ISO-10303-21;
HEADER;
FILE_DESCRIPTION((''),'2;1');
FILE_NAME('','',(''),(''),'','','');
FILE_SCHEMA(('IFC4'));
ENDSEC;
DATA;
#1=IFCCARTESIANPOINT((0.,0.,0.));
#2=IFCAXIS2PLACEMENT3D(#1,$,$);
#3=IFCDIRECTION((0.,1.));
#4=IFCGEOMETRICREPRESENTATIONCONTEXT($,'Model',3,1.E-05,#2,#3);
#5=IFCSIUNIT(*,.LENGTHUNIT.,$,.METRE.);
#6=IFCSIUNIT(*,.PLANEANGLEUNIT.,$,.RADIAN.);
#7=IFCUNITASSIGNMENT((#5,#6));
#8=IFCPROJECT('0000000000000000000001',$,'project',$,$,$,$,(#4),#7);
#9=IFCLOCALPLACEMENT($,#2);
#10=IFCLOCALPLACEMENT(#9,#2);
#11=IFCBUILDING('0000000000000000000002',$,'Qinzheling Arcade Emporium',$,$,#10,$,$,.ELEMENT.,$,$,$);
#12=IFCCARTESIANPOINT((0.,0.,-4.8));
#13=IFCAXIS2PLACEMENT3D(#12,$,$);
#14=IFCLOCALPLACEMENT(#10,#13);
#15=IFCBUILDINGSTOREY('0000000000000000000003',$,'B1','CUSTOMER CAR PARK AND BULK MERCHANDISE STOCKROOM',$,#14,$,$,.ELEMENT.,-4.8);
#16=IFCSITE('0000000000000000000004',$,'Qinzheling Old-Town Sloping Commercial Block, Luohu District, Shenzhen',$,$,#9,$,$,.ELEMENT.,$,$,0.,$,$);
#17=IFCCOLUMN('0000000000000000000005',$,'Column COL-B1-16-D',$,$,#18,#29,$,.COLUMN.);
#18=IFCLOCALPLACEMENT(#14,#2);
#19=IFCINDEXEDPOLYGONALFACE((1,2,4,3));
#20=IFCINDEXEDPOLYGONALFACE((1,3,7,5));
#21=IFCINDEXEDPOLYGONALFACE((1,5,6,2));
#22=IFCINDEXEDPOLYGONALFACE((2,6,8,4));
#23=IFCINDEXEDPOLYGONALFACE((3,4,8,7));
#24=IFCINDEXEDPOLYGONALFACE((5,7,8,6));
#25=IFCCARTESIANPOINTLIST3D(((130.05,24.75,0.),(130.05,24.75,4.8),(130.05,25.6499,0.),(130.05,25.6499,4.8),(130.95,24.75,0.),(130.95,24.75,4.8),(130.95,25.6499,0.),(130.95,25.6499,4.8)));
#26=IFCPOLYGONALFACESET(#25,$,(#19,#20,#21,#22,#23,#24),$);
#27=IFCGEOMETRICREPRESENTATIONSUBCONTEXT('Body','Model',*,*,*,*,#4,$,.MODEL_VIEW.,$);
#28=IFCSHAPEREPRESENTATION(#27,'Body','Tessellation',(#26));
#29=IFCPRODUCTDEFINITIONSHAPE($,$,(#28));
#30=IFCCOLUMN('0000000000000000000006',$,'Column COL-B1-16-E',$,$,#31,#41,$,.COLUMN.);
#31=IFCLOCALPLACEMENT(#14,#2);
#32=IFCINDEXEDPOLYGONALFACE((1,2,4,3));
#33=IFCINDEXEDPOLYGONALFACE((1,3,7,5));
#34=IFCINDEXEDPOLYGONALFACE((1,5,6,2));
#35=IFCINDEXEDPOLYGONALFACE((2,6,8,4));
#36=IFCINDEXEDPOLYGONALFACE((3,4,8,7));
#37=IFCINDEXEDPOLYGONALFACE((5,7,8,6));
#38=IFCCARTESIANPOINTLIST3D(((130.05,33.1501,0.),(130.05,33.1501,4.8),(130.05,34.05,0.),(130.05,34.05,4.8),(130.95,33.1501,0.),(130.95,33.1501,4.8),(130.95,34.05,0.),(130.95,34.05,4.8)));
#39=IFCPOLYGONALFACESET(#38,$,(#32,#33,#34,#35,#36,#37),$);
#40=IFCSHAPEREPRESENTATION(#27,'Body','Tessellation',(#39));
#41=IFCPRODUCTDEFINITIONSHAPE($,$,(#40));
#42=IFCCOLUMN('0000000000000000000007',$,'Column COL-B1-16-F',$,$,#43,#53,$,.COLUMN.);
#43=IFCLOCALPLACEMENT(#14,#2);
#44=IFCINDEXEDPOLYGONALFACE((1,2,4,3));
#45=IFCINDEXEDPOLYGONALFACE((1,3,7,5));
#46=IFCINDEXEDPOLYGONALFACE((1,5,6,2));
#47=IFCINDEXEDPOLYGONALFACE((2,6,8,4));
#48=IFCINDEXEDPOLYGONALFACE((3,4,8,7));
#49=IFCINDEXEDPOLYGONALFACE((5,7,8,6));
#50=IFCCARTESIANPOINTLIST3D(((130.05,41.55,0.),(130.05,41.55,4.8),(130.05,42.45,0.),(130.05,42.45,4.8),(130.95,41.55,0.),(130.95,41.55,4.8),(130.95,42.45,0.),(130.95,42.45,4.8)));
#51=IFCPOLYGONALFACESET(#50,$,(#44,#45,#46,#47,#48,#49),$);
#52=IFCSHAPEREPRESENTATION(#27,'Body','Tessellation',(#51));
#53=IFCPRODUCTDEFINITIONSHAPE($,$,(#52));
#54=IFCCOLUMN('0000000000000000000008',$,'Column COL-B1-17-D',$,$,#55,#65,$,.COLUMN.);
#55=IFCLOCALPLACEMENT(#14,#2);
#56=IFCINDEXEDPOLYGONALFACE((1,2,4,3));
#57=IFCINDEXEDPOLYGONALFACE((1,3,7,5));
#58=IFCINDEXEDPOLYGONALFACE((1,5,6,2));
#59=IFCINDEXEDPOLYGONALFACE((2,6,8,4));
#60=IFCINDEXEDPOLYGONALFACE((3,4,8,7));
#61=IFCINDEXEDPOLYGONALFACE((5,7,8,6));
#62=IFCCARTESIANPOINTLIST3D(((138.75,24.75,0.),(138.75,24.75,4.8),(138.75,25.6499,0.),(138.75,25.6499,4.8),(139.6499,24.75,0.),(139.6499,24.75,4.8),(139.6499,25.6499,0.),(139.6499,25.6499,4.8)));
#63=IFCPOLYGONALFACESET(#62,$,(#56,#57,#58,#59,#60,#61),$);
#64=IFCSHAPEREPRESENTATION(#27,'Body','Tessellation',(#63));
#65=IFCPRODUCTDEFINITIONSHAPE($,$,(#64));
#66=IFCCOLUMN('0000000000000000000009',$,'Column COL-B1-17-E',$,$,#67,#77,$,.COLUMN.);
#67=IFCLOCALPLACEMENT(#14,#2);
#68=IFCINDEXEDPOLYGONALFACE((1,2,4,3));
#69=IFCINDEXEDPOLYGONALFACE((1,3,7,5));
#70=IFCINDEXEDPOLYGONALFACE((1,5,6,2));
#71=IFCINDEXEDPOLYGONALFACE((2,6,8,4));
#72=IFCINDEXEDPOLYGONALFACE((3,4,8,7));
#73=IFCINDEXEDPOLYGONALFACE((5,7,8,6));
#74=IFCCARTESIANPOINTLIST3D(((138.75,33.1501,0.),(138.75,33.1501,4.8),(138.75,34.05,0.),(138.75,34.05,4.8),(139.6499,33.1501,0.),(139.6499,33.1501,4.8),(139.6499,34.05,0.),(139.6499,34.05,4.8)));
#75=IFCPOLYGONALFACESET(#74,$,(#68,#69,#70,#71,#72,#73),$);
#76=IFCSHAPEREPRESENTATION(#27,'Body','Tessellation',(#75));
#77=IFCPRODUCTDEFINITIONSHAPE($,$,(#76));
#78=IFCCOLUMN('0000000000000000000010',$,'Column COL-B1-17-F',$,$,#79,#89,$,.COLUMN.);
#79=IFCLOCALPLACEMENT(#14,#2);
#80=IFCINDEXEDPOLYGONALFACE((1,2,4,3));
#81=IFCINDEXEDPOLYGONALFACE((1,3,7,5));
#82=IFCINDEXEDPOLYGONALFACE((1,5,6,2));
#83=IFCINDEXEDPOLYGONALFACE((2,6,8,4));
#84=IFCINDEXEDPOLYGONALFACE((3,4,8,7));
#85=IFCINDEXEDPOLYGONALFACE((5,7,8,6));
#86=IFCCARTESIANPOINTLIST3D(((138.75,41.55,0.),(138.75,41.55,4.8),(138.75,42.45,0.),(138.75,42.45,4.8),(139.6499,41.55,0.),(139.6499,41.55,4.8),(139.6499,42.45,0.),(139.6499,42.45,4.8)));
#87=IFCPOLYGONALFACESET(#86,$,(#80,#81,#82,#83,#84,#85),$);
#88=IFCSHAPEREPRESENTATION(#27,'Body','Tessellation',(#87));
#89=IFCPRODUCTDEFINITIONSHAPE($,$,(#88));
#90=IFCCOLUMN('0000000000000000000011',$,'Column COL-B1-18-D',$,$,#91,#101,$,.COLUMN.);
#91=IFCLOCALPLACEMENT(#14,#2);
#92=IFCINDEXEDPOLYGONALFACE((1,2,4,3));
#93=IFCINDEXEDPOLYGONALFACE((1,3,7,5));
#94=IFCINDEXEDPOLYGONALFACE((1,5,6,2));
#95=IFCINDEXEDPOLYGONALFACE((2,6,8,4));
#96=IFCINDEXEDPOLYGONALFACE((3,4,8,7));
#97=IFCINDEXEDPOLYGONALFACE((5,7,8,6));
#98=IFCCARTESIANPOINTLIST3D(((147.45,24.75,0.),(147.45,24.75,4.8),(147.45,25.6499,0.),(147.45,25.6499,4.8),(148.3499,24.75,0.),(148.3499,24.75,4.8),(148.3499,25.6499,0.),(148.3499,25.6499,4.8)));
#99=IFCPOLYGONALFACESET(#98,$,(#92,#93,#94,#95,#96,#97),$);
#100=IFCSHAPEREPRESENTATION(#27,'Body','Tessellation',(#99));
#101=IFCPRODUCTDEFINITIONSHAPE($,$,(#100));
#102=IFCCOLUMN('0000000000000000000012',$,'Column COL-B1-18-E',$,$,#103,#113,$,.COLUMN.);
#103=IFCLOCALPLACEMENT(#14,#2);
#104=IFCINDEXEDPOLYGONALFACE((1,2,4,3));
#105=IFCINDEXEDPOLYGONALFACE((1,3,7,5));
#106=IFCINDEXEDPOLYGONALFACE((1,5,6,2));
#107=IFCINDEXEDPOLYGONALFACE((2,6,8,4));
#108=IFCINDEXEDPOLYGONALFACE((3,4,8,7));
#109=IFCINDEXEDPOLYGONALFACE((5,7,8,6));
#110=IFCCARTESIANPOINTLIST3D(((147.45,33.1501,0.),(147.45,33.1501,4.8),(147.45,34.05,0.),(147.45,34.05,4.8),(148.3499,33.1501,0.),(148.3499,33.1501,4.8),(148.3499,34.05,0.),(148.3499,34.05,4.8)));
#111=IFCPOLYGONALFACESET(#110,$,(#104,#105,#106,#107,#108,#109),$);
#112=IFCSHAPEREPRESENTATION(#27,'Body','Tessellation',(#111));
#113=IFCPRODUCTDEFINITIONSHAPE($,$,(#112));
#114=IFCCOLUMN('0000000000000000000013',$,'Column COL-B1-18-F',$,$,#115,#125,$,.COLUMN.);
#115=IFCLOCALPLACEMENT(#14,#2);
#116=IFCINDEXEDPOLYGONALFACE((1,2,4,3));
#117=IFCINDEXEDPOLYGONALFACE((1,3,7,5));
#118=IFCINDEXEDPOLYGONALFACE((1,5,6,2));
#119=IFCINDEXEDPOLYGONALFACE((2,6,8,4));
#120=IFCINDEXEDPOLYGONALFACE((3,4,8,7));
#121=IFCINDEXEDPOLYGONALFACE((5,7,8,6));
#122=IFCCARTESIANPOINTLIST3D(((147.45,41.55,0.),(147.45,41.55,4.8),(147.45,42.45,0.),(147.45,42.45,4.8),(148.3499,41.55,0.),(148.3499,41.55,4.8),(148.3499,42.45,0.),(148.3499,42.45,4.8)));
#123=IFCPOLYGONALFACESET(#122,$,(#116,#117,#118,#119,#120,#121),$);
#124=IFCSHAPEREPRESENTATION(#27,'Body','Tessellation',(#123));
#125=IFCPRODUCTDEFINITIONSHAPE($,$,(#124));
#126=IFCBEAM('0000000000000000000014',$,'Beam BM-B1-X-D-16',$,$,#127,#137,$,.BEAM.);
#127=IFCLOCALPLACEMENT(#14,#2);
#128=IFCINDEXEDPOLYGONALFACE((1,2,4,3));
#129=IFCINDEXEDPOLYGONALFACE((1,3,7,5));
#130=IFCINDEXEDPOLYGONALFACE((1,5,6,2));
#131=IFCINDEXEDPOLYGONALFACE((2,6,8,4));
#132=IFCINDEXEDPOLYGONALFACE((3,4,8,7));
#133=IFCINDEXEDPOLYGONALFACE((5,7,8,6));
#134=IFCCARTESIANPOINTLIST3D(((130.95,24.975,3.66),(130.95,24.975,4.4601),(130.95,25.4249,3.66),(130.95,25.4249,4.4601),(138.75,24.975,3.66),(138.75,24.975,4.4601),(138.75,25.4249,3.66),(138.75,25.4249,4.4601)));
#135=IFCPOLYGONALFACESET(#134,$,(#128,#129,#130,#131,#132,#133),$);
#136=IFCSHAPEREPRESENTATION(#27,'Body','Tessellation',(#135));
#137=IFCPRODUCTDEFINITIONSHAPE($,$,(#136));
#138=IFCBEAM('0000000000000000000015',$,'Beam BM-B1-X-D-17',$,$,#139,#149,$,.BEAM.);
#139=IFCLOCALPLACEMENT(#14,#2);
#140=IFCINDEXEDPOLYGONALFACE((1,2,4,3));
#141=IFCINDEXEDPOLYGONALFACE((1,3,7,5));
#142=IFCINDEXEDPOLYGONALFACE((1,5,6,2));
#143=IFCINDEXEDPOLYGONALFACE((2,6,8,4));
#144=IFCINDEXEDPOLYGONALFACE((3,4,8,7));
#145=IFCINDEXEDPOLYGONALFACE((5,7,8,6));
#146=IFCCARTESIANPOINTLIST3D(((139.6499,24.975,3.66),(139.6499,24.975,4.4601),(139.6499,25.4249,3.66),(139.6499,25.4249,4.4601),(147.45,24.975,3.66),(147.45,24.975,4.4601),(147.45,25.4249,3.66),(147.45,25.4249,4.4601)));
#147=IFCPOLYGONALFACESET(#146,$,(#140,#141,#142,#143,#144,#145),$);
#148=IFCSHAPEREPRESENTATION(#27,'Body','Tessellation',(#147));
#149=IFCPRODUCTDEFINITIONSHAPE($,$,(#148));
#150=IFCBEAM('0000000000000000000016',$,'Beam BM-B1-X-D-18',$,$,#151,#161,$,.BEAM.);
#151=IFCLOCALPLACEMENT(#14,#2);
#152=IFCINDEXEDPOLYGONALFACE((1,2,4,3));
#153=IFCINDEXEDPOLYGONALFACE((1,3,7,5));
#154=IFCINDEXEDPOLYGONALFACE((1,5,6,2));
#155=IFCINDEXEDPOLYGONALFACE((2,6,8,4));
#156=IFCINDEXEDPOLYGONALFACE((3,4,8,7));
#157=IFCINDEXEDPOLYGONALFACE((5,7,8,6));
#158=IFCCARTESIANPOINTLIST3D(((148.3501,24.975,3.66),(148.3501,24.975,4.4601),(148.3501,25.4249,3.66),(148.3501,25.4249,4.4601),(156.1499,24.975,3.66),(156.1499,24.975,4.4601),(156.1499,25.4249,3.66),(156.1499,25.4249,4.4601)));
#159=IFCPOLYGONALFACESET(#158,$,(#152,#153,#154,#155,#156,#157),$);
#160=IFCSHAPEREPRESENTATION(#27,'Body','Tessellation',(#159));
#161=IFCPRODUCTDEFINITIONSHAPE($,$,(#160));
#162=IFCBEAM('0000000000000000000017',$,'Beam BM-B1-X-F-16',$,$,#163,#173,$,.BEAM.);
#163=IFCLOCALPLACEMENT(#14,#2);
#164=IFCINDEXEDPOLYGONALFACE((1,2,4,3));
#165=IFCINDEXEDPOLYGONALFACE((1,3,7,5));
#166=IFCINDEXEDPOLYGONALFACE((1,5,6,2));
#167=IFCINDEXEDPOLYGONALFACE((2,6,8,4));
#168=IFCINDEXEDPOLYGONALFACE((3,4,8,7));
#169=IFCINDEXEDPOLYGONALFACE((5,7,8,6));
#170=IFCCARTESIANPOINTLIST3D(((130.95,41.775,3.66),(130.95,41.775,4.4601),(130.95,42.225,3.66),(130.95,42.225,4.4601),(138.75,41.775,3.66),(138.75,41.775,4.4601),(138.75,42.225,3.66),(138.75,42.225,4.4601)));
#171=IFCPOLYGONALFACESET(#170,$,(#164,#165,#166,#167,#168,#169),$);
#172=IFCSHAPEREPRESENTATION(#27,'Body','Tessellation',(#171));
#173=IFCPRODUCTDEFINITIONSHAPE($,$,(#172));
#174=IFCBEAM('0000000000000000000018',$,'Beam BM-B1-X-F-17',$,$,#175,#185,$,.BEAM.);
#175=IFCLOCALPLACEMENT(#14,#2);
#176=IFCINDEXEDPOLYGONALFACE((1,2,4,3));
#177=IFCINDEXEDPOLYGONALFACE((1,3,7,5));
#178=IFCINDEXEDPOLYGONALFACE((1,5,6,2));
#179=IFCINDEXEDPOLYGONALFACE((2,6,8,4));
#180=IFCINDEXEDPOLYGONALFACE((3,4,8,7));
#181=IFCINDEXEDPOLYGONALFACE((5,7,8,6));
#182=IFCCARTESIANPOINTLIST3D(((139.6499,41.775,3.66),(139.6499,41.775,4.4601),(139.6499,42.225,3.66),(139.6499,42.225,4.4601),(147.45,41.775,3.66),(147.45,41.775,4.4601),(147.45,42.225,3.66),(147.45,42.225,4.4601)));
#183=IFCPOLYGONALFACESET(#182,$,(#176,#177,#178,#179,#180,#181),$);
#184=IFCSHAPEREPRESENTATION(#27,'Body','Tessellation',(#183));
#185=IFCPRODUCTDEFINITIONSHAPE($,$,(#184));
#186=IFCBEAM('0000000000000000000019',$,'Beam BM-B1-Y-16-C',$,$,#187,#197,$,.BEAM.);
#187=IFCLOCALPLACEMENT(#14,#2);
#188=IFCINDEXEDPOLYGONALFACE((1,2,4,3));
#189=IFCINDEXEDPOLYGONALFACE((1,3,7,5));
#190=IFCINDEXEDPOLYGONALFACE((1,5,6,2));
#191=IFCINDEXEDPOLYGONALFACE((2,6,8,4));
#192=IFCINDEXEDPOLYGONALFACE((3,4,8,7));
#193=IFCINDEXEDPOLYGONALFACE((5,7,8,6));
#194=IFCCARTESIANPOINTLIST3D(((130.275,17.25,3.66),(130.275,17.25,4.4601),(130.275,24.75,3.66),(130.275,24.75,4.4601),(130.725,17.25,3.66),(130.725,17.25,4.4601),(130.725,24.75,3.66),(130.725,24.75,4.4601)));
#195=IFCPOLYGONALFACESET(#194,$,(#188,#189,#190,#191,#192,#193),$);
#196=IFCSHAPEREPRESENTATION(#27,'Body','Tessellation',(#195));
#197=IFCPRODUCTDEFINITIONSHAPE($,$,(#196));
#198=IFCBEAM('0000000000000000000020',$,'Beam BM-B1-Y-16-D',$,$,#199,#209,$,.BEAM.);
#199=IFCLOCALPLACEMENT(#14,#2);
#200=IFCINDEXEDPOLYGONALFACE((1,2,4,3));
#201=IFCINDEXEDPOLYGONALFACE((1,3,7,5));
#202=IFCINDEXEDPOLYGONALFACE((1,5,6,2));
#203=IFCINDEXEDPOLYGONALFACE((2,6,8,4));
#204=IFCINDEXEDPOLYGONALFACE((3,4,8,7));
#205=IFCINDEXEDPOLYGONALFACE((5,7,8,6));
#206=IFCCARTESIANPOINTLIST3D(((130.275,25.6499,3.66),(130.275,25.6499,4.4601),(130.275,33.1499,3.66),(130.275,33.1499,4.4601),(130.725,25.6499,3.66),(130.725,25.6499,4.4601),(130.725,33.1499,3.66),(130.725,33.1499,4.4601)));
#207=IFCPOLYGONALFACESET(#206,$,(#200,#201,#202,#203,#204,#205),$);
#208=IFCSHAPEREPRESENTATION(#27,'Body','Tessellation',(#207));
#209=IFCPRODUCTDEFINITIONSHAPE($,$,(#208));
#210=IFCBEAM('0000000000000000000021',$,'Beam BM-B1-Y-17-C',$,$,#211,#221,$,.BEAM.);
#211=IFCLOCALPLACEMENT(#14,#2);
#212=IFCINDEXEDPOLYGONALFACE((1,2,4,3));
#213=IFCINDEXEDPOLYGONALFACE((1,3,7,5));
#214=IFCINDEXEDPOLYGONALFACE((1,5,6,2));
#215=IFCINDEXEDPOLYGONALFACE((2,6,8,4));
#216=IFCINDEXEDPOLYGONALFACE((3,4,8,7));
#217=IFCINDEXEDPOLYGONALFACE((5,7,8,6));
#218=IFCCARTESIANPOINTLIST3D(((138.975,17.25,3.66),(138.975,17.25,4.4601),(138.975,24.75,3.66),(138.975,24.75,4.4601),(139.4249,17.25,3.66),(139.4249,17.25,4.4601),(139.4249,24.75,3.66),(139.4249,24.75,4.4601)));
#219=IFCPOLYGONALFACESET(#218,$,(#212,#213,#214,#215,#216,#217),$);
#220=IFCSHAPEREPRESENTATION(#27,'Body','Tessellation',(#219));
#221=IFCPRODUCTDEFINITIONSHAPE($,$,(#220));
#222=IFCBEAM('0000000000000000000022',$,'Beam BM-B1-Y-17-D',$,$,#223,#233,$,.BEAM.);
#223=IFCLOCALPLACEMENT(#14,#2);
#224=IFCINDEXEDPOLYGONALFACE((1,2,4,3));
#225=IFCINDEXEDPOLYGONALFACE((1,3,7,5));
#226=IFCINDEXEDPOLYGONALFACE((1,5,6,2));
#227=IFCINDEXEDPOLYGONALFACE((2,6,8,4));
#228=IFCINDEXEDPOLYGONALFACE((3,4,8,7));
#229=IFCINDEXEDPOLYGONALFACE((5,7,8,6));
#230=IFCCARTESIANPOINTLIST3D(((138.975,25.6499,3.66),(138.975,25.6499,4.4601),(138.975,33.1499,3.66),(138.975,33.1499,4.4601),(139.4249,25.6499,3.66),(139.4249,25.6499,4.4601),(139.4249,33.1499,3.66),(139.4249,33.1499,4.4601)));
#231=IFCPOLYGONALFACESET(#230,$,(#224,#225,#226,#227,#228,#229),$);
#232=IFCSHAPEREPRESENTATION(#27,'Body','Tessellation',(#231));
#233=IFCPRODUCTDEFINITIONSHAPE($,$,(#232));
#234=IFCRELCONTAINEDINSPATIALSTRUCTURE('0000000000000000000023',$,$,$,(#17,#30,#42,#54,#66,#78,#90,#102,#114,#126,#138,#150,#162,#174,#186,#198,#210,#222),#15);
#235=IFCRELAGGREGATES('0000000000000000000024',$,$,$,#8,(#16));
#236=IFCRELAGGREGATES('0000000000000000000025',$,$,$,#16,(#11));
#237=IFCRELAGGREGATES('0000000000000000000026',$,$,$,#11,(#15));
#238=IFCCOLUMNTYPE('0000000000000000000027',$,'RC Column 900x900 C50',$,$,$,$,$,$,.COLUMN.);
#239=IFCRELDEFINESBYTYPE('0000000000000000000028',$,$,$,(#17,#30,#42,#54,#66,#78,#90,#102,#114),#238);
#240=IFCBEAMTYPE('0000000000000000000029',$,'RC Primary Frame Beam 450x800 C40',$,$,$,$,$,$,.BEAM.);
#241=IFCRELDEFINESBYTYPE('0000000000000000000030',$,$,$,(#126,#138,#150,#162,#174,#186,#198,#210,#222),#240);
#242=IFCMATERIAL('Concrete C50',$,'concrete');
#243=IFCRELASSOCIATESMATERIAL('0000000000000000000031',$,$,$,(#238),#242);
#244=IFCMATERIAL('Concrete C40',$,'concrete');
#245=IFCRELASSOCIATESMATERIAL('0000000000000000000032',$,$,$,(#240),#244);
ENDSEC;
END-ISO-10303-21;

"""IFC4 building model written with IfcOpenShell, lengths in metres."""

from ifc_helpers import new_model, si_unit, direction, frame, origin, origin_2d, place, context, subcontext, project, spatial, rectangle, extrude, material, material_profile, profile_set, type_object, element, save


model = new_model("IFC4")

# Units and contexts
model_context = context("Model", 3, precision=1e-05, world=origin(), true_north=direction((0.0, 1.0)))
body_context = subcontext(model_context, "Body", "Model", "MODEL_VIEW")
ifc_project = project(units=[si_unit("LENGTHUNIT", "METRE"), si_unit("PLANEANGLEUNIT", "RADIAN")], contexts=[model_context])

# Site, building, storey
site_placement = place(None, origin())
site = spatial("IfcSite", under=ifc_project, at=site_placement, Name="Qinzheling Old-Town Sloping Commercial Block, Luohu District, Shenzhen", CompositionType="ELEMENT", RefElevation=0.0)
building_placement = place(site_placement, origin())
building = spatial("IfcBuilding", under=site, at=building_placement, Name="Qinzheling Arcade Emporium", CompositionType="ELEMENT")
storey_placement = place(building_placement, frame((0.0, 0.0, -4.8)))
storey = spatial("IfcBuildingStorey", under=building, at=storey_placement, Name="B1", Description="CUSTOMER CAR PARK AND BULK MERCHANDISE STOCKROOM", CompositionType="ELEMENT", Elevation=-4.8)

# Columns
ifc_material_1 = material(Name="Concrete C50", Category="concrete")
ifc_material_profile_1 = material_profile(ifc_material_1, rectangle(XDim=0.8999, YDim=0.8999, at=origin_2d()), Name="RC 900x900", Category="concrete")
ifc_profile_set_1 = profile_set([ifc_material_profile_1], Name="Concrete C50")
column_type = type_object("IfcColumnType", Name="RC Column 900x900 C50", PredefinedType="COLUMN", material=ifc_profile_set_1)
for number, where, z_axis, x_axis, name in (
    (1, (130.5, 25.2, 0.0), (0.0, 0.0, 1.0), (1.0, 0.0, 0.0), "Column COL-B1-16-D"),
    (2, (130.5, 33.6001, 0.0), (0.0, 0.0, 1.0), (1.0, 0.0, 0.0), "Column COL-B1-16-E"),
    (3, (130.5, 42.0, 0.0), (0.0, 0.0, 1.0), (1.0, 0.0, 0.0), "Column COL-B1-16-F"),
    (4, (139.2, 25.2, 0.0), (0.0, 0.0, 1.0), (1.0, 0.0, 0.0), "Column COL-B1-17-D"),
    (5, (139.2, 33.6001, 0.0), (0.0, 0.0, 1.0), (1.0, 0.0, 0.0), "Column COL-B1-17-E"),
    (6, (139.2, 42.0, 0.0), (0.0, 0.0, 1.0), (1.0, 0.0, 0.0), "Column COL-B1-17-F"),
    (7, (147.8999, 25.2, 0.0), (0.0, 0.0, 1.0), (1.0, 0.0, 0.0), "Column COL-B1-18-D"),
    (8, (147.8999, 33.6001, 0.0), (0.0, 0.0, 1.0), (1.0, 0.0, 0.0), "Column COL-B1-18-E"),
    (9, (147.8999, 42.0, 0.0), (0.0, 0.0, 1.0), (1.0, 0.0, 0.0), "Column COL-B1-18-F"),
):
    element("IfcColumn", number, at=place(storey_placement, frame(where, z_axis=z_axis, x_axis=x_axis)), inside=storey, type_object=column_type, Name=name, PredefinedType="COLUMN", context=body_context, shape_type="SweptSolid", body=[
        extrude(rectangle(XDim=0.8999, YDim=0.8999, at=origin_2d()), origin(), (0.0, 0.0, 1.0), 4.8),
    ])

# Beams
ifc_material_2 = material(Name="Concrete C40", Category="concrete")
ifc_material_profile_2 = material_profile(ifc_material_2, rectangle(XDim=0.45, YDim=0.8, at=origin_2d()), Name="RC 450x800", Category="concrete")
ifc_profile_set_2 = profile_set([ifc_material_profile_2], Name="Concrete C40")
beam_type_1 = type_object("IfcBeamType", Name="RC Primary Frame Beam 450x800 C40", PredefinedType="BEAM", material=ifc_profile_set_2)
for number, where, z_axis, x_axis, name in (
    (10, (130.95, 25.2, 4.0601), (1.0, 0.0, 0.0), (0.0, 1.0, 0.0), "Beam BM-B1-X-D-16"),
    (11, (139.6499, 25.2, 4.0601), (1.0, 0.0, 0.0), (0.0, 1.0, 0.0), "Beam BM-B1-X-D-17"),
):
    element("IfcBeam", number, at=place(storey_placement, frame(where, z_axis=z_axis, x_axis=x_axis)), inside=storey, type_object=beam_type_1, Name=name, PredefinedType="BEAM", context=body_context, shape_type="SweptSolid", body=[
        extrude(rectangle(XDim=0.45, YDim=0.8, at=origin_2d()), origin(), (0.0, 0.0, 1.0), 7.8),
    ])
beam_placement = place(storey_placement, frame((148.3501, 25.2, 4.0601), z_axis=(1.0, 0.0, 0.0), x_axis=(0.0, 1.0, 0.0)))
element("IfcBeam", 12, at=beam_placement, inside=storey, type_object=beam_type_1, Name="Beam BM-B1-X-D-18", PredefinedType="BEAM", context=body_context, shape_type="SweptSolid", body=[
    extrude(rectangle(XDim=0.45, YDim=0.8, at=origin_2d()), origin(), (0.0, 0.0, 1.0), 7.7998),
])
for number, where, z_axis, x_axis, name in (
    (13, (130.95, 42.0, 4.0601), (1.0, 0.0, 0.0), (0.0, 1.0, 0.0), "Beam BM-B1-X-F-16"),
    (14, (139.6499, 42.0, 4.0601), (1.0, 0.0, 0.0), (0.0, 1.0, 0.0), "Beam BM-B1-X-F-17"),
):
    element("IfcBeam", number, at=place(storey_placement, frame(where, z_axis=z_axis, x_axis=x_axis)), inside=storey, type_object=beam_type_1, Name=name, PredefinedType="BEAM", context=body_context, shape_type="SweptSolid", body=[
        extrude(rectangle(XDim=0.45, YDim=0.8, at=origin_2d()), origin(), (0.0, 0.0, 1.0), 7.8),
    ])
for number, where, z_axis, x_axis, name in (
    (15, (130.5, 17.25, 4.0601), (0.0, 1.0, 0.0), (-1.0, 0.0, 0.0), "Beam BM-B1-Y-16-C"),
    (16, (130.5, 25.6499, 4.0601), (0.0, 1.0, 0.0), (-1.0, 0.0, 0.0), "Beam BM-B1-Y-16-D"),
    (17, (139.2, 17.25, 4.0601), (0.0, 1.0, 0.0), (-1.0, 0.0, 0.0), "Beam BM-B1-Y-17-C"),
    (18, (139.2, 25.6499, 4.0601), (0.0, 1.0, 0.0), (-1.0, 0.0, 0.0), "Beam BM-B1-Y-17-D"),
):
    element("IfcBeam", number, at=place(storey_placement, frame(where, z_axis=z_axis, x_axis=x_axis)), inside=storey, type_object=beam_type_1, Name=name, PredefinedType="BEAM", context=body_context, shape_type="SweptSolid", body=[
        extrude(rectangle(XDim=0.45, YDim=0.8, at=origin_2d()), origin(), (0.0, 0.0, 1.0), 7.5),
    ])

save(model, "model.ifc")
